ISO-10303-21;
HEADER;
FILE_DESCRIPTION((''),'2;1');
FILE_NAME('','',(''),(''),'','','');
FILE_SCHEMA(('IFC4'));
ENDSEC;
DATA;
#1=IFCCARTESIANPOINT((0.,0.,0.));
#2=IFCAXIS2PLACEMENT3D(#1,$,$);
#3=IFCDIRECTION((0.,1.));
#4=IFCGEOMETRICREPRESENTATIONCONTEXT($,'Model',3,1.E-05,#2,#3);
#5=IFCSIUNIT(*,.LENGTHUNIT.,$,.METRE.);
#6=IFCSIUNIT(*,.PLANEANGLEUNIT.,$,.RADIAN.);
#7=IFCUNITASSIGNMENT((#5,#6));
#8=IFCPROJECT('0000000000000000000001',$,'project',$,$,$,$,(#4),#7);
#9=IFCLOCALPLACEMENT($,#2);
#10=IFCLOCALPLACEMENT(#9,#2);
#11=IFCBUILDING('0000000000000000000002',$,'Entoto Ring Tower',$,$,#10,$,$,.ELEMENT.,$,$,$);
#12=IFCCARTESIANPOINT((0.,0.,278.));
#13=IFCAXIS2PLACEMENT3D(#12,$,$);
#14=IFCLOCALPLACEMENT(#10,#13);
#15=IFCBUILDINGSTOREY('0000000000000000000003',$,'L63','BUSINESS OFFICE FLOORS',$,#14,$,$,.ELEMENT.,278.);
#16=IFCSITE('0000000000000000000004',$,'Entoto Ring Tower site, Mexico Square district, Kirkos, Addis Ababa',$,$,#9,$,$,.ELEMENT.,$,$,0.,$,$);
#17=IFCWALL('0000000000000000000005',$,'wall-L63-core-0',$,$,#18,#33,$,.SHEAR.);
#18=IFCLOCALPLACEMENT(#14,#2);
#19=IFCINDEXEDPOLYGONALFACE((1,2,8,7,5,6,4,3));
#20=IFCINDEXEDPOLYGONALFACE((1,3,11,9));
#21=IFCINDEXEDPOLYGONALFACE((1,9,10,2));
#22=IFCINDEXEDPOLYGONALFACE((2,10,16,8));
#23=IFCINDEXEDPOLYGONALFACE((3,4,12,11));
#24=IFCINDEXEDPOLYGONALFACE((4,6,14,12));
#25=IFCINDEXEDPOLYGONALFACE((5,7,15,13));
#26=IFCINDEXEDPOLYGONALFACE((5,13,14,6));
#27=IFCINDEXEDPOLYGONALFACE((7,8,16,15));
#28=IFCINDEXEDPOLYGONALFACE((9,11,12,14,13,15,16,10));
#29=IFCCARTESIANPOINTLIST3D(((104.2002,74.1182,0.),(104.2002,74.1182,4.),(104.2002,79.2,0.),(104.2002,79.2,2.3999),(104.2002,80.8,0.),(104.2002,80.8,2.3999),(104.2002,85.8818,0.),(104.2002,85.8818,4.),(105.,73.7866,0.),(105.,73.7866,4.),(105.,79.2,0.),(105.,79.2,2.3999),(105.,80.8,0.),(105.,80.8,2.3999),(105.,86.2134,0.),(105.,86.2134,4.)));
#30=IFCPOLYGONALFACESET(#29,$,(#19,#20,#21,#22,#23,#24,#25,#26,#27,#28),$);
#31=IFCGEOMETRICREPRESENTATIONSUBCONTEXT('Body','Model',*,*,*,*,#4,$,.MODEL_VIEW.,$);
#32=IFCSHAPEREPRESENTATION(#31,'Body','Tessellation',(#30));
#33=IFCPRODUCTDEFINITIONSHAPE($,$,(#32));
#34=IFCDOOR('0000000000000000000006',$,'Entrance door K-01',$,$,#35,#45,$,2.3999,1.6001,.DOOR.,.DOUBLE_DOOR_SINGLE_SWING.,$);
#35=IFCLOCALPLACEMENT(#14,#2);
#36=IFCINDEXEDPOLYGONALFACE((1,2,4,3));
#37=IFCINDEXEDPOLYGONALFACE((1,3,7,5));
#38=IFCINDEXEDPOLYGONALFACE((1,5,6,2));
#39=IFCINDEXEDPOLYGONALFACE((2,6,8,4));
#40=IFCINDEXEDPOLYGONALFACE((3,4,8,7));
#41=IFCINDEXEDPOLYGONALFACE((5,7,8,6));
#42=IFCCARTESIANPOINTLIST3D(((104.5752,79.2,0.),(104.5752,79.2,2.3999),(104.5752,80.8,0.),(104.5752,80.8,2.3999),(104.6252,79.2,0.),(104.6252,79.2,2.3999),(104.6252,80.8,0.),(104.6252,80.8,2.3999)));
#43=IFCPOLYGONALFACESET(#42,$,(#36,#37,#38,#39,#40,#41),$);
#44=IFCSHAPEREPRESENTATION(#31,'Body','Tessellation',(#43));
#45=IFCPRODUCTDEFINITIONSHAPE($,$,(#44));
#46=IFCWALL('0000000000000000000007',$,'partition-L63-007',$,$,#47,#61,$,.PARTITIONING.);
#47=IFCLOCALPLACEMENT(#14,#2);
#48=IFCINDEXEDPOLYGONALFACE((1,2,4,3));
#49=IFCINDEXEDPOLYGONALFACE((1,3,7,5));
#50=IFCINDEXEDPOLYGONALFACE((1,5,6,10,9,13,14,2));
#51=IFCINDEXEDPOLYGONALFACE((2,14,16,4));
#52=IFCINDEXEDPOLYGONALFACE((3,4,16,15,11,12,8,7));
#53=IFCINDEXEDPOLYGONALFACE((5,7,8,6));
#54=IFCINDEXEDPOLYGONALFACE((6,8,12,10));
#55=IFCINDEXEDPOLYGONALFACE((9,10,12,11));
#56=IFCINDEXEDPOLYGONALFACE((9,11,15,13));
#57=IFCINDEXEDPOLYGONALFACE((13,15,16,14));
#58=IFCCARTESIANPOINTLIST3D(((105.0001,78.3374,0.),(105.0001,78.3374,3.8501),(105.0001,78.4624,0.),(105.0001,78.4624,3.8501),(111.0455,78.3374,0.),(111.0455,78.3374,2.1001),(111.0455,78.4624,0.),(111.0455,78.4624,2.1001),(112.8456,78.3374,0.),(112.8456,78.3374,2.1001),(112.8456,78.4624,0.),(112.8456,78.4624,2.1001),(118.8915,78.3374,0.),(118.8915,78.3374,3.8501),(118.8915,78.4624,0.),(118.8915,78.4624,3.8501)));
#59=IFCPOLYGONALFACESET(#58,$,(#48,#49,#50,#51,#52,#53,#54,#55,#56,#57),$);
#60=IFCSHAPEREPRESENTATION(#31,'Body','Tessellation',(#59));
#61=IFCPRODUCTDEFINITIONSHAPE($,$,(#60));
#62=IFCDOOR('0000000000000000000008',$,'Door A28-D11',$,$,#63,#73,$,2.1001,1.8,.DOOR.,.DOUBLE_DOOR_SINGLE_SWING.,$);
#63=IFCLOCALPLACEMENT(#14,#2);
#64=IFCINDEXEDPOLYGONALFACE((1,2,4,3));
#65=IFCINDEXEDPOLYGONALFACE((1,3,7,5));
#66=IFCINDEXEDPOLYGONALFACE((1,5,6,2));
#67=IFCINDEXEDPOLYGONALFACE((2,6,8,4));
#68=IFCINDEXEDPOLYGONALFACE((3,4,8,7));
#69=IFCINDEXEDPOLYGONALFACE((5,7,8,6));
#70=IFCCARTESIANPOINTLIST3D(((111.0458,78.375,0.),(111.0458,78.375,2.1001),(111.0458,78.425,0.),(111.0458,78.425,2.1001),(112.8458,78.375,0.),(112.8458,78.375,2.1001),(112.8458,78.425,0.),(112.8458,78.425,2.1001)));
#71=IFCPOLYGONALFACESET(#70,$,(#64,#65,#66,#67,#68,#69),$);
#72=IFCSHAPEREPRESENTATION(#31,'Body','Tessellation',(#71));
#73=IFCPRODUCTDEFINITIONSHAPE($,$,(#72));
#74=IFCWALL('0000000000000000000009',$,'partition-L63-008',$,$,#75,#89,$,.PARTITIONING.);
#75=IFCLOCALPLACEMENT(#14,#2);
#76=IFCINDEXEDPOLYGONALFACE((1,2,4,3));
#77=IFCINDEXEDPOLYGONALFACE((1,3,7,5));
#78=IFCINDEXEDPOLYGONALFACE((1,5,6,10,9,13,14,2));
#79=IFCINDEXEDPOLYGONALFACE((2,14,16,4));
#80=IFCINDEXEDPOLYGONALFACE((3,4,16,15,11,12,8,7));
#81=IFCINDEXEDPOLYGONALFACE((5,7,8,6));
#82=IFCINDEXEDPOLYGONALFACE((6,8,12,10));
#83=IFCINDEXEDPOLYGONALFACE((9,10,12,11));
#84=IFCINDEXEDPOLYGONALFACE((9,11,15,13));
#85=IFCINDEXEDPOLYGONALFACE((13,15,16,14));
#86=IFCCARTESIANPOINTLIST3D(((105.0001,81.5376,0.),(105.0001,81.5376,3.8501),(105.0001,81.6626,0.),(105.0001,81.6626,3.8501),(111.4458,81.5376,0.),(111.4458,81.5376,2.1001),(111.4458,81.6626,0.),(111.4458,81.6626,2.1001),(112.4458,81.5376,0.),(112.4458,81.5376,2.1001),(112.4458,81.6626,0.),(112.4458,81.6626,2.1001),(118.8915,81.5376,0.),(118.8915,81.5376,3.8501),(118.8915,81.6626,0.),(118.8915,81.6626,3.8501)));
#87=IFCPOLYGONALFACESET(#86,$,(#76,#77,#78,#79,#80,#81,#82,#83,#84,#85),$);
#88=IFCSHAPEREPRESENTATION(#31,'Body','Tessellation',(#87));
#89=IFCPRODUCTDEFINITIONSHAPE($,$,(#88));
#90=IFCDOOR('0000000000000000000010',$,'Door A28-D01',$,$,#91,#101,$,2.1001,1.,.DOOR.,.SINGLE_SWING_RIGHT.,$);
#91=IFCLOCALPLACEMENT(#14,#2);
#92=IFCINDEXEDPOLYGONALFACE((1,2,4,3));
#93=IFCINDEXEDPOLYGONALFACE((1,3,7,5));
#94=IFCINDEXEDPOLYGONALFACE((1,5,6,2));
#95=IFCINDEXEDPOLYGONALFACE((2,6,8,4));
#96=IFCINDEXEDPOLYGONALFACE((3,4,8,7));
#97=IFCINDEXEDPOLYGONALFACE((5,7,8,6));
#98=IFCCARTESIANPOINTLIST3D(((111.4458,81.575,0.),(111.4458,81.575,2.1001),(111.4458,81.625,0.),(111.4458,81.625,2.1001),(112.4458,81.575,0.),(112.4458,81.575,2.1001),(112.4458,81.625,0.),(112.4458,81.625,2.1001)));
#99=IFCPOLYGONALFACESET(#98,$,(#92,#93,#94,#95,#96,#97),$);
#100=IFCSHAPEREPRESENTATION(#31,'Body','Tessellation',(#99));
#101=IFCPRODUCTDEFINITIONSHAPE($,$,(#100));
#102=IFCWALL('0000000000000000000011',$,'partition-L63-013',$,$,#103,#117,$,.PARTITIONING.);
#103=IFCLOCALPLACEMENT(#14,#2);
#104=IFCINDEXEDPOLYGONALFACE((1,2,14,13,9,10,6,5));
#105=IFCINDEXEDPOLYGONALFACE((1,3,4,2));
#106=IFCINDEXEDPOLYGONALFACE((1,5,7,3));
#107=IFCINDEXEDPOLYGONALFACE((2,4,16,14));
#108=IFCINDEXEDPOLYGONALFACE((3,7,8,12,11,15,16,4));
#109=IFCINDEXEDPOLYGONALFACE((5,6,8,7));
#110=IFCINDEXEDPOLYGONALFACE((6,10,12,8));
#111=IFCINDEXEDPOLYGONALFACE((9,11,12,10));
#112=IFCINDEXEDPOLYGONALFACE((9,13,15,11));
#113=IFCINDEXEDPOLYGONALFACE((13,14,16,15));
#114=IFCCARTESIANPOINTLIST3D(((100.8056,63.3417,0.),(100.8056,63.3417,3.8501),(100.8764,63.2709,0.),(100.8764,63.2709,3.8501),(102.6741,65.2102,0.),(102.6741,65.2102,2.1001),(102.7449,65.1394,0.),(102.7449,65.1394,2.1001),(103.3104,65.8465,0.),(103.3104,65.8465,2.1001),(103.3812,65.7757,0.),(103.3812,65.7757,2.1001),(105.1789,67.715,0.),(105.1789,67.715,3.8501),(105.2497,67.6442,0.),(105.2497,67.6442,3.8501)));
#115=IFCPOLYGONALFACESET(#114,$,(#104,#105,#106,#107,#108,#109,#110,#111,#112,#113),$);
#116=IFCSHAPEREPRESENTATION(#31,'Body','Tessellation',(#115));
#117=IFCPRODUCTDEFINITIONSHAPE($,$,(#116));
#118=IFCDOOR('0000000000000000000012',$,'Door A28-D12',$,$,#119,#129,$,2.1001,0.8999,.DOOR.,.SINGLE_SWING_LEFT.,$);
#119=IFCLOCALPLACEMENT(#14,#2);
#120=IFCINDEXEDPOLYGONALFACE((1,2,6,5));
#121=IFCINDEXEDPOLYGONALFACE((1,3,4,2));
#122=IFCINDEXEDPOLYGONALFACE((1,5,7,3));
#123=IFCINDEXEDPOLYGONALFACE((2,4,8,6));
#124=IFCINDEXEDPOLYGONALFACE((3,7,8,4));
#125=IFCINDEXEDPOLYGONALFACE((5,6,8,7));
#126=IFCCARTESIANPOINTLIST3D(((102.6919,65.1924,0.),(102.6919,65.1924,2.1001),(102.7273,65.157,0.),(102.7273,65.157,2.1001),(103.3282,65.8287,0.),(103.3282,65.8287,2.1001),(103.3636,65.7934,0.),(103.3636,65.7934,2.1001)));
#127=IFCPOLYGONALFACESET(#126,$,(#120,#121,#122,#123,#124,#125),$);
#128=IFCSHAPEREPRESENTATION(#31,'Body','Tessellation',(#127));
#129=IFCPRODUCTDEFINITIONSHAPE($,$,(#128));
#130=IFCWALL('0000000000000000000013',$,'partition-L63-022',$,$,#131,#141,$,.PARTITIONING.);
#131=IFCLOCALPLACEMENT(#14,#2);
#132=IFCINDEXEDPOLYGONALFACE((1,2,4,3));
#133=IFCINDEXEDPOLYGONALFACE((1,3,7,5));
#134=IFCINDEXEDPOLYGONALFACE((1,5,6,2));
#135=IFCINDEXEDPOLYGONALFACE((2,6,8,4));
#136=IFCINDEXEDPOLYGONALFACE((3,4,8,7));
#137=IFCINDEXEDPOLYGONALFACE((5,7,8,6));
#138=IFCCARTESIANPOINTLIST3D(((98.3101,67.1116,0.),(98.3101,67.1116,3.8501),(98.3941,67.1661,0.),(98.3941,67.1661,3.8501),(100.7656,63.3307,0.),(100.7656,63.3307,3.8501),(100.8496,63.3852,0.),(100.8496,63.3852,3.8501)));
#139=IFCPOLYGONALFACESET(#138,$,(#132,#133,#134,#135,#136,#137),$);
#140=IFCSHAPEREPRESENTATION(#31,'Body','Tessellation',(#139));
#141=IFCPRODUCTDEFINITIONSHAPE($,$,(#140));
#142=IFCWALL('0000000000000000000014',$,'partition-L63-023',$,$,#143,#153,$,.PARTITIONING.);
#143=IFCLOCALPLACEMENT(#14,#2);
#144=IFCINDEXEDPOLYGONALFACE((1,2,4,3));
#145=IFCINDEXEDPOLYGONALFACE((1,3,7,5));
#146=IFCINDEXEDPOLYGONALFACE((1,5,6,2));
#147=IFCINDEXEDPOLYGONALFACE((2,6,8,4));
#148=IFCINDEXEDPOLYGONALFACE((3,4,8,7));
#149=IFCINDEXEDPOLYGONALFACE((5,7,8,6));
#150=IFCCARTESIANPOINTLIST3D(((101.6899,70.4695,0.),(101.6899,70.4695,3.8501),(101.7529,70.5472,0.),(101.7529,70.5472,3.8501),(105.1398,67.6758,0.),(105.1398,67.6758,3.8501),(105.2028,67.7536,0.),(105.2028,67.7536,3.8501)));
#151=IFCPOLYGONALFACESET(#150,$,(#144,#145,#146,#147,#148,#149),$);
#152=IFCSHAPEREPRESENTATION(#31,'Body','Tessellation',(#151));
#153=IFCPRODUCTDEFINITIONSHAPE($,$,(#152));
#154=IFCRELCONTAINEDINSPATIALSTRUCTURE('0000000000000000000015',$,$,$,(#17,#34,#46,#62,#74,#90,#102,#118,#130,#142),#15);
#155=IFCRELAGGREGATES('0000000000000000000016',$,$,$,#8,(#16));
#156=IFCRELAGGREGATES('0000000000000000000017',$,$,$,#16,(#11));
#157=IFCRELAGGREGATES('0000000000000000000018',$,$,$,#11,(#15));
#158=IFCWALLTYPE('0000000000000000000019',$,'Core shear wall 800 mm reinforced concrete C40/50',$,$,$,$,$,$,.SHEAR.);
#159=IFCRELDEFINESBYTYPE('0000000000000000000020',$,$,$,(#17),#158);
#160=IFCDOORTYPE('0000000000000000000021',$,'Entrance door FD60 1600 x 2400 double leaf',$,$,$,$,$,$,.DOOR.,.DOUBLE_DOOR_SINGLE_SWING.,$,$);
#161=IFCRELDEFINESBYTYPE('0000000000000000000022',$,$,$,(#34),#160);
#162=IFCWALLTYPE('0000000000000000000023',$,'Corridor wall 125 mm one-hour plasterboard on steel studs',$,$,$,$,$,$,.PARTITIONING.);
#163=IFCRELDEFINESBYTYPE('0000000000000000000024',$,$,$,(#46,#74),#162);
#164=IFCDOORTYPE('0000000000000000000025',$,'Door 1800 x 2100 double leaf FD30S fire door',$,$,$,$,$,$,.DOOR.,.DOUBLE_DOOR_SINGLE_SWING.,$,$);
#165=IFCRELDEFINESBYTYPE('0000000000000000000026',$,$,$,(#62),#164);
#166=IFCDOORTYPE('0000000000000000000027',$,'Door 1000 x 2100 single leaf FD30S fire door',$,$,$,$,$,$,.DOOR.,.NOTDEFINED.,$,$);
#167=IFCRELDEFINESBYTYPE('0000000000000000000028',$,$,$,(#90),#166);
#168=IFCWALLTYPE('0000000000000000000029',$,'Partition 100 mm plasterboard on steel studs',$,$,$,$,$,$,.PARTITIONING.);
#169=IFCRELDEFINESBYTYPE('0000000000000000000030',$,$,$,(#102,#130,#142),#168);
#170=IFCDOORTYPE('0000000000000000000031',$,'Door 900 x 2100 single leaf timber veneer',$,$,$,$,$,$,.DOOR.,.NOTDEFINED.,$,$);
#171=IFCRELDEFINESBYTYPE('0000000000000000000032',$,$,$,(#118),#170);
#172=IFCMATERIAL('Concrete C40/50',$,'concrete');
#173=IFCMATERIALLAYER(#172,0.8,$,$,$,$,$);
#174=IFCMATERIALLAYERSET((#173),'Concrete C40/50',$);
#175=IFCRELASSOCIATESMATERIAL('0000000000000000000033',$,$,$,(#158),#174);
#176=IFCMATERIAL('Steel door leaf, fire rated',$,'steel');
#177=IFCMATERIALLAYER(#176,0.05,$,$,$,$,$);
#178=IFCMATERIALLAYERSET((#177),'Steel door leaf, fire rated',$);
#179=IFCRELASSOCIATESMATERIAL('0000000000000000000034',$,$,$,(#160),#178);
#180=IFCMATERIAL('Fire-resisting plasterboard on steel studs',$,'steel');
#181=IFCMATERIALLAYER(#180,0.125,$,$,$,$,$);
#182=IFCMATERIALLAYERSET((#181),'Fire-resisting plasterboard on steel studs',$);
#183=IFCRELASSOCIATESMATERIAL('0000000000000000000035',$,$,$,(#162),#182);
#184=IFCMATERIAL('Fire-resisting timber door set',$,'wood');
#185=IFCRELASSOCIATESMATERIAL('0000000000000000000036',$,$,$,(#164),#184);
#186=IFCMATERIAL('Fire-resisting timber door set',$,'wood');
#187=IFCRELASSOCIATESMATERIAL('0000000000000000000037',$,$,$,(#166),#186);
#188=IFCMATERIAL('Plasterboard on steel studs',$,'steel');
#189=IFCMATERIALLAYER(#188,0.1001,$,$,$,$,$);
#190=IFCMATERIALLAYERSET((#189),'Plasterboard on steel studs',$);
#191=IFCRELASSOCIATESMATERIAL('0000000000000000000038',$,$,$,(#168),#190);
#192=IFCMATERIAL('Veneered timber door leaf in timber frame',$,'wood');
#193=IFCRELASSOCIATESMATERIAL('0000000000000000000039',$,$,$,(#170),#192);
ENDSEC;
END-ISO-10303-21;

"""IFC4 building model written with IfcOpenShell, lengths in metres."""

from ifc_helpers import new_model, si_unit, direction, frame, frame_2d, origin, place, context, subcontext, project, spatial, polyline, rectangle, outline, extrude, material, layer, layer_set, type_object, element, fill, save


model = new_model("IFC4")

# Units and contexts
model_context = context("Model", 3, precision=1e-05, world=origin(), true_north=direction((0.0, 1.0)))
body_context = subcontext(model_context, "Body", "Model", "MODEL_VIEW")
ifc_project = project(units=[si_unit("LENGTHUNIT", "METRE"), si_unit("PLANEANGLEUNIT", "RADIAN")], contexts=[model_context])

# Site, building, storey
site_placement = place(None, origin())
site = spatial("IfcSite", under=ifc_project, at=site_placement, Name="Entoto Ring Tower site, Mexico Square district, Kirkos, Addis Ababa", CompositionType="ELEMENT", RefElevation=0.0)
building_placement = place(site_placement, origin())
building = spatial("IfcBuilding", under=site, at=building_placement, Name="Entoto Ring Tower", CompositionType="ELEMENT")
storey_placement = place(building_placement, frame((0.0, 0.0, 278.0)))
storey = spatial("IfcBuildingStorey", under=building, at=storey_placement, Name="L63", Description="BUSINESS OFFICE FLOORS", CompositionType="ELEMENT", Elevation=278.0)

# Walls, openings, doors
ifc_material_1 = material(Name="Concrete C40/50", Category="concrete")
ifc_layer_1 = layer(ifc_material_1, 0.8)
ifc_layer_set_1 = layer_set([ifc_layer_1], Name="Concrete C40/50")
wall_type_1 = type_object("IfcWallType", Name="Core shear wall 800 mm reinforced concrete C40/50", PredefinedType="SHEAR", material=ifc_layer_set_1)
wall_1_placement = place(storey_placement, frame((104.6001, 73.9524, 0.0), z_axis=(0.0, 0.0, 1.0), x_axis=(0.0, 1.0, 0.0)))
wall_1 = element("IfcWall", 1, at=wall_1_placement, inside=storey, type_object=wall_type_1, Name="wall-L63-core-0", PredefinedType="SHEAR", context=body_context, shape_type="SweptSolid", body=[
    extrude(outline(polyline([(-0.1658, -0.3999), (12.261, -0.3999), (11.9294, 0.3999), (0.1658, 0.3999), (-0.1658, -0.3999)])), origin(), (0.0, 0.0, 1.0), 4.0),
])
opening_1_placement = place(wall_1_placement, frame((5.2476, 0.0, 0.0)))
opening_1 = element("IfcOpeningElement", 2, at=opening_1_placement, cuts=wall_1, PredefinedType="OPENING", context=body_context, shape_type="SweptSolid", body=[
    extrude(rectangle(XDim=1.6001, YDim=2.3999, at=frame_2d((0.8, 1.2))), frame((0.0, 0.4102, 0.0), z_axis=(0.0, -1.0, 0.0), x_axis=(1.0, 0.0, 0.0)), (0.0, 0.0, 1.0), 0.8201),
])
ifc_material_2 = material(Name="Steel door leaf, fire rated", Category="steel")
ifc_layer_2 = layer(ifc_material_2, 0.05)
ifc_layer_set_2 = layer_set([ifc_layer_2], Name="Steel door leaf, fire rated")
door_type_1 = type_object("IfcDoorType", Name="Entrance door FD60 1600 x 2400 double leaf", OperationType="DOUBLE_DOOR_SINGLE_SWING", PredefinedType="DOOR", material=ifc_layer_set_2)
door_1_placement = place(opening_1_placement, origin())
door_1 = element("IfcDoor", 3, at=door_1_placement, inside=storey, type_object=door_type_1, Name="Entrance door K-01", OperationType="DOUBLE_DOOR_SINGLE_SWING", OverallHeight=2.3999, OverallWidth=1.6001, PredefinedType="DOOR", context=body_context, shape_type="SweptSolid", body=[
    extrude(rectangle(XDim=1.6001, YDim=2.3999, at=frame_2d((0.8, 1.2))), frame((0.0, 0.0249, 0.0), z_axis=(0.0, -1.0, 0.0), x_axis=(1.0, 0.0, 0.0)), (0.0, 0.0, 1.0), 0.05),
])
fill(opening_1, door_1)
ifc_material_3 = material(Name="Fire-resisting plasterboard on steel studs", Category="steel")
ifc_layer_3 = layer(ifc_material_3, 0.125)
ifc_layer_set_3 = layer_set([ifc_layer_3], Name="Fire-resisting plasterboard on steel studs")
wall_type_2 = type_object("IfcWallType", Name="Corridor wall 125 mm one-hour plasterboard on steel studs", PredefinedType="PARTITIONING", material=ifc_layer_set_3)
wall_2_placement = place(storey_placement, frame((105.0, 78.3999, 0.0), z_axis=(0.0, 0.0, 1.0), x_axis=(1.0, 0.0, 0.0)))
wall_2 = element("IfcWall", 4, at=wall_2_placement, inside=storey, type_object=wall_type_2, Name="partition-L63-007", PredefinedType="PARTITIONING", context=body_context, shape_type="SweptSolid", body=[
    extrude(rectangle(XDim=13.8914, YDim=0.125, at=frame_2d((6.9458, 0.0))), origin(), (0.0, 0.0, 1.0), 3.8501),
])
opening_2_placement = place(wall_2_placement, frame((6.0457, 0.0, 0.0)))
opening_2 = element("IfcOpeningElement", 5, at=opening_2_placement, cuts=wall_2, PredefinedType="OPENING", context=body_context, shape_type="SweptSolid", body=[
    extrude(rectangle(XDim=1.8, YDim=2.1001, at=frame_2d((0.8999, 1.05))), frame((0.0, 0.0725, 0.0), z_axis=(0.0, -1.0, 0.0), x_axis=(1.0, 0.0, 0.0)), (0.0, 0.0, 1.0), 0.145),
])
ifc_material_4 = material(Name="Fire-resisting timber door set", Category="wood")
door_type_2 = type_object("IfcDoorType", Name="Door 1800 x 2100 double leaf FD30S fire door", OperationType="DOUBLE_DOOR_SINGLE_SWING", PredefinedType="DOOR", material=ifc_material_4)
door_2_placement = place(opening_2_placement, frame((1.8, 0.0, 0.0), z_axis=(0.0, 0.0, 1.0), x_axis=(-1.0, 0.0, 0.0)))
door_2 = element("IfcDoor", 6, at=door_2_placement, inside=storey, type_object=door_type_2, Name="Door A28-D11", OperationType="DOUBLE_DOOR_SINGLE_SWING", OverallHeight=2.1001, OverallWidth=1.8, PredefinedType="DOOR", context=body_context, shape_type="SweptSolid", body=[
    extrude(rectangle(XDim=1.8, YDim=2.1001, at=frame_2d((0.8999, 1.05))), frame((0.0, 0.0249, 0.0), z_axis=(0.0, -1.0, 0.0), x_axis=(1.0, 0.0, 0.0)), (0.0, 0.0, 1.0), 0.05),
])
fill(opening_2, door_2)
wall_3_placement = place(storey_placement, frame((105.0, 81.6001, 0.0), z_axis=(0.0, 0.0, 1.0), x_axis=(1.0, 0.0, 0.0)))
wall_3 = element("IfcWall", 7, at=wall_3_placement, inside=storey, type_object=wall_type_2, Name="partition-L63-008", PredefinedType="PARTITIONING", context=body_context, shape_type="SweptSolid", body=[
    extrude(rectangle(XDim=13.8914, YDim=0.125, at=frame_2d((6.9458, 0.0))), origin(), (0.0, 0.0, 1.0), 3.8501),
])
opening_3_placement = place(wall_3_placement, frame((6.4458, 0.0, 0.0)))
opening_3 = element("IfcOpeningElement", 8, at=opening_3_placement, cuts=wall_3, PredefinedType="OPENING", context=body_context, shape_type="SweptSolid", body=[
    extrude(rectangle(XDim=1.0, YDim=2.1001, at=frame_2d((0.5, 1.05))), frame((0.0, 0.0725, 0.0), z_axis=(0.0, -1.0, 0.0), x_axis=(1.0, 0.0, 0.0)), (0.0, 0.0, 1.0), 0.145),
])
ifc_material_5 = material(Name="Fire-resisting timber door set", Category="wood")
door_type_3 = type_object("IfcDoorType", Name="Door 1000 x 2100 single leaf FD30S fire door", OperationType="NOTDEFINED", PredefinedType="DOOR", material=ifc_material_5)
door_3_placement = place(opening_3_placement, origin())
door_3 = element("IfcDoor", 9, at=door_3_placement, inside=storey, type_object=door_type_3, Name="Door A28-D01", OperationType="SINGLE_SWING_RIGHT", OverallHeight=2.1001, OverallWidth=1.0, PredefinedType="DOOR", context=body_context, shape_type="SweptSolid", body=[
    extrude(rectangle(XDim=1.0, YDim=2.1001, at=frame_2d((0.5, 1.05))), frame((0.0, 0.0249, 0.0), z_axis=(0.0, -1.0, 0.0), x_axis=(1.0, 0.0, 0.0)), (0.0, 0.0, 1.0), 0.05),
])
fill(opening_3, door_3)
ifc_material_6 = material(Name="Plasterboard on steel studs", Category="steel")
ifc_layer_4 = layer(ifc_material_6, 0.1001)
ifc_layer_set_4 = layer_set([ifc_layer_4], Name="Plasterboard on steel studs")
wall_type_3 = type_object("IfcWallType", Name="Partition 100 mm plasterboard on steel studs", PredefinedType="PARTITIONING", material=ifc_layer_set_4)
wall_4_placement = place(storey_placement, frame((100.8411, 63.3064, 0.0), z_axis=(0.0, 0.0, 1.0), x_axis=(0.707107, 0.707107, 0.0)))
wall_4 = element("IfcWall", 10, at=wall_4_placement, inside=storey, type_object=wall_type_3, Name="partition-L63-013", PredefinedType="PARTITIONING", context=body_context, shape_type="SweptSolid", body=[
    extrude(rectangle(XDim=6.1848, YDim=0.1001, at=frame_2d((3.0923, 0.0))), origin(), (0.0, 0.0, 1.0), 3.8501),
])
opening_4_placement = place(wall_4_placement, frame((2.6423, 0.0, 0.0)))
opening_4 = element("IfcOpeningElement", 11, at=opening_4_placement, cuts=wall_4, PredefinedType="OPENING", context=body_context, shape_type="SweptSolid", body=[
    extrude(rectangle(XDim=0.8999, YDim=2.1001, at=frame_2d((0.45, 1.05))), frame((0.0, 0.0601, 0.0), z_axis=(0.0, -1.0, 0.0), x_axis=(1.0, 0.0, 0.0)), (0.0, 0.0, 1.0), 0.1201),
])
ifc_material_7 = material(Name="Veneered timber door leaf in timber frame", Category="wood")
door_type_4 = type_object("IfcDoorType", Name="Door 900 x 2100 single leaf timber veneer", OperationType="NOTDEFINED", PredefinedType="DOOR", material=ifc_material_7)
door_4_placement = place(opening_4_placement, origin())
door_4 = element("IfcDoor", 12, at=door_4_placement, inside=storey, type_object=door_type_4, Name="Door A28-D12", OperationType="SINGLE_SWING_LEFT", OverallHeight=2.1001, OverallWidth=0.8999, PredefinedType="DOOR", context=body_context, shape_type="SweptSolid", body=[
    extrude(rectangle(XDim=0.8999, YDim=2.1001, at=frame_2d((0.45, 1.05))), frame((0.0, 0.0249, 0.0), z_axis=(0.0, -1.0, 0.0), x_axis=(1.0, 0.0, 0.0)), (0.0, 0.0, 1.0), 0.05),
])
fill(opening_4, door_4)

# Walls
wall_5_placement = place(storey_placement, frame((100.8076, 63.3579, 0.0), z_axis=(0.0, 0.0, 1.0), x_axis=(-0.544663, 0.838655, 0.0)))
element("IfcWall", 13, at=wall_5_placement, inside=storey, type_object=wall_type_3, Name="partition-L63-022", PredefinedType="PARTITIONING", context=body_context, shape_type="SweptSolid", body=[
    extrude(rectangle(XDim=4.5083, YDim=0.1001, at=frame_2d((2.2542, 0.0))), origin(), (0.0, 0.0, 1.0), 3.8501),
])
wall_6_placement = place(storey_placement, frame((105.1714, 67.7146, 0.0), z_axis=(0.0, 0.0, 1.0), x_axis=(-0.777148, 0.629318, 0.0)))
element("IfcWall", 14, at=wall_6_placement, inside=storey, type_object=wall_type_3, Name="partition-L63-023", PredefinedType="PARTITIONING", context=body_context, shape_type="SweptSolid", body=[
    extrude(rectangle(XDim=4.4392, YDim=0.1001, at=frame_2d((2.2197, 0.0))), origin(), (0.0, 0.0, 1.0), 3.8501),
])

save(model, "model.ifc")
